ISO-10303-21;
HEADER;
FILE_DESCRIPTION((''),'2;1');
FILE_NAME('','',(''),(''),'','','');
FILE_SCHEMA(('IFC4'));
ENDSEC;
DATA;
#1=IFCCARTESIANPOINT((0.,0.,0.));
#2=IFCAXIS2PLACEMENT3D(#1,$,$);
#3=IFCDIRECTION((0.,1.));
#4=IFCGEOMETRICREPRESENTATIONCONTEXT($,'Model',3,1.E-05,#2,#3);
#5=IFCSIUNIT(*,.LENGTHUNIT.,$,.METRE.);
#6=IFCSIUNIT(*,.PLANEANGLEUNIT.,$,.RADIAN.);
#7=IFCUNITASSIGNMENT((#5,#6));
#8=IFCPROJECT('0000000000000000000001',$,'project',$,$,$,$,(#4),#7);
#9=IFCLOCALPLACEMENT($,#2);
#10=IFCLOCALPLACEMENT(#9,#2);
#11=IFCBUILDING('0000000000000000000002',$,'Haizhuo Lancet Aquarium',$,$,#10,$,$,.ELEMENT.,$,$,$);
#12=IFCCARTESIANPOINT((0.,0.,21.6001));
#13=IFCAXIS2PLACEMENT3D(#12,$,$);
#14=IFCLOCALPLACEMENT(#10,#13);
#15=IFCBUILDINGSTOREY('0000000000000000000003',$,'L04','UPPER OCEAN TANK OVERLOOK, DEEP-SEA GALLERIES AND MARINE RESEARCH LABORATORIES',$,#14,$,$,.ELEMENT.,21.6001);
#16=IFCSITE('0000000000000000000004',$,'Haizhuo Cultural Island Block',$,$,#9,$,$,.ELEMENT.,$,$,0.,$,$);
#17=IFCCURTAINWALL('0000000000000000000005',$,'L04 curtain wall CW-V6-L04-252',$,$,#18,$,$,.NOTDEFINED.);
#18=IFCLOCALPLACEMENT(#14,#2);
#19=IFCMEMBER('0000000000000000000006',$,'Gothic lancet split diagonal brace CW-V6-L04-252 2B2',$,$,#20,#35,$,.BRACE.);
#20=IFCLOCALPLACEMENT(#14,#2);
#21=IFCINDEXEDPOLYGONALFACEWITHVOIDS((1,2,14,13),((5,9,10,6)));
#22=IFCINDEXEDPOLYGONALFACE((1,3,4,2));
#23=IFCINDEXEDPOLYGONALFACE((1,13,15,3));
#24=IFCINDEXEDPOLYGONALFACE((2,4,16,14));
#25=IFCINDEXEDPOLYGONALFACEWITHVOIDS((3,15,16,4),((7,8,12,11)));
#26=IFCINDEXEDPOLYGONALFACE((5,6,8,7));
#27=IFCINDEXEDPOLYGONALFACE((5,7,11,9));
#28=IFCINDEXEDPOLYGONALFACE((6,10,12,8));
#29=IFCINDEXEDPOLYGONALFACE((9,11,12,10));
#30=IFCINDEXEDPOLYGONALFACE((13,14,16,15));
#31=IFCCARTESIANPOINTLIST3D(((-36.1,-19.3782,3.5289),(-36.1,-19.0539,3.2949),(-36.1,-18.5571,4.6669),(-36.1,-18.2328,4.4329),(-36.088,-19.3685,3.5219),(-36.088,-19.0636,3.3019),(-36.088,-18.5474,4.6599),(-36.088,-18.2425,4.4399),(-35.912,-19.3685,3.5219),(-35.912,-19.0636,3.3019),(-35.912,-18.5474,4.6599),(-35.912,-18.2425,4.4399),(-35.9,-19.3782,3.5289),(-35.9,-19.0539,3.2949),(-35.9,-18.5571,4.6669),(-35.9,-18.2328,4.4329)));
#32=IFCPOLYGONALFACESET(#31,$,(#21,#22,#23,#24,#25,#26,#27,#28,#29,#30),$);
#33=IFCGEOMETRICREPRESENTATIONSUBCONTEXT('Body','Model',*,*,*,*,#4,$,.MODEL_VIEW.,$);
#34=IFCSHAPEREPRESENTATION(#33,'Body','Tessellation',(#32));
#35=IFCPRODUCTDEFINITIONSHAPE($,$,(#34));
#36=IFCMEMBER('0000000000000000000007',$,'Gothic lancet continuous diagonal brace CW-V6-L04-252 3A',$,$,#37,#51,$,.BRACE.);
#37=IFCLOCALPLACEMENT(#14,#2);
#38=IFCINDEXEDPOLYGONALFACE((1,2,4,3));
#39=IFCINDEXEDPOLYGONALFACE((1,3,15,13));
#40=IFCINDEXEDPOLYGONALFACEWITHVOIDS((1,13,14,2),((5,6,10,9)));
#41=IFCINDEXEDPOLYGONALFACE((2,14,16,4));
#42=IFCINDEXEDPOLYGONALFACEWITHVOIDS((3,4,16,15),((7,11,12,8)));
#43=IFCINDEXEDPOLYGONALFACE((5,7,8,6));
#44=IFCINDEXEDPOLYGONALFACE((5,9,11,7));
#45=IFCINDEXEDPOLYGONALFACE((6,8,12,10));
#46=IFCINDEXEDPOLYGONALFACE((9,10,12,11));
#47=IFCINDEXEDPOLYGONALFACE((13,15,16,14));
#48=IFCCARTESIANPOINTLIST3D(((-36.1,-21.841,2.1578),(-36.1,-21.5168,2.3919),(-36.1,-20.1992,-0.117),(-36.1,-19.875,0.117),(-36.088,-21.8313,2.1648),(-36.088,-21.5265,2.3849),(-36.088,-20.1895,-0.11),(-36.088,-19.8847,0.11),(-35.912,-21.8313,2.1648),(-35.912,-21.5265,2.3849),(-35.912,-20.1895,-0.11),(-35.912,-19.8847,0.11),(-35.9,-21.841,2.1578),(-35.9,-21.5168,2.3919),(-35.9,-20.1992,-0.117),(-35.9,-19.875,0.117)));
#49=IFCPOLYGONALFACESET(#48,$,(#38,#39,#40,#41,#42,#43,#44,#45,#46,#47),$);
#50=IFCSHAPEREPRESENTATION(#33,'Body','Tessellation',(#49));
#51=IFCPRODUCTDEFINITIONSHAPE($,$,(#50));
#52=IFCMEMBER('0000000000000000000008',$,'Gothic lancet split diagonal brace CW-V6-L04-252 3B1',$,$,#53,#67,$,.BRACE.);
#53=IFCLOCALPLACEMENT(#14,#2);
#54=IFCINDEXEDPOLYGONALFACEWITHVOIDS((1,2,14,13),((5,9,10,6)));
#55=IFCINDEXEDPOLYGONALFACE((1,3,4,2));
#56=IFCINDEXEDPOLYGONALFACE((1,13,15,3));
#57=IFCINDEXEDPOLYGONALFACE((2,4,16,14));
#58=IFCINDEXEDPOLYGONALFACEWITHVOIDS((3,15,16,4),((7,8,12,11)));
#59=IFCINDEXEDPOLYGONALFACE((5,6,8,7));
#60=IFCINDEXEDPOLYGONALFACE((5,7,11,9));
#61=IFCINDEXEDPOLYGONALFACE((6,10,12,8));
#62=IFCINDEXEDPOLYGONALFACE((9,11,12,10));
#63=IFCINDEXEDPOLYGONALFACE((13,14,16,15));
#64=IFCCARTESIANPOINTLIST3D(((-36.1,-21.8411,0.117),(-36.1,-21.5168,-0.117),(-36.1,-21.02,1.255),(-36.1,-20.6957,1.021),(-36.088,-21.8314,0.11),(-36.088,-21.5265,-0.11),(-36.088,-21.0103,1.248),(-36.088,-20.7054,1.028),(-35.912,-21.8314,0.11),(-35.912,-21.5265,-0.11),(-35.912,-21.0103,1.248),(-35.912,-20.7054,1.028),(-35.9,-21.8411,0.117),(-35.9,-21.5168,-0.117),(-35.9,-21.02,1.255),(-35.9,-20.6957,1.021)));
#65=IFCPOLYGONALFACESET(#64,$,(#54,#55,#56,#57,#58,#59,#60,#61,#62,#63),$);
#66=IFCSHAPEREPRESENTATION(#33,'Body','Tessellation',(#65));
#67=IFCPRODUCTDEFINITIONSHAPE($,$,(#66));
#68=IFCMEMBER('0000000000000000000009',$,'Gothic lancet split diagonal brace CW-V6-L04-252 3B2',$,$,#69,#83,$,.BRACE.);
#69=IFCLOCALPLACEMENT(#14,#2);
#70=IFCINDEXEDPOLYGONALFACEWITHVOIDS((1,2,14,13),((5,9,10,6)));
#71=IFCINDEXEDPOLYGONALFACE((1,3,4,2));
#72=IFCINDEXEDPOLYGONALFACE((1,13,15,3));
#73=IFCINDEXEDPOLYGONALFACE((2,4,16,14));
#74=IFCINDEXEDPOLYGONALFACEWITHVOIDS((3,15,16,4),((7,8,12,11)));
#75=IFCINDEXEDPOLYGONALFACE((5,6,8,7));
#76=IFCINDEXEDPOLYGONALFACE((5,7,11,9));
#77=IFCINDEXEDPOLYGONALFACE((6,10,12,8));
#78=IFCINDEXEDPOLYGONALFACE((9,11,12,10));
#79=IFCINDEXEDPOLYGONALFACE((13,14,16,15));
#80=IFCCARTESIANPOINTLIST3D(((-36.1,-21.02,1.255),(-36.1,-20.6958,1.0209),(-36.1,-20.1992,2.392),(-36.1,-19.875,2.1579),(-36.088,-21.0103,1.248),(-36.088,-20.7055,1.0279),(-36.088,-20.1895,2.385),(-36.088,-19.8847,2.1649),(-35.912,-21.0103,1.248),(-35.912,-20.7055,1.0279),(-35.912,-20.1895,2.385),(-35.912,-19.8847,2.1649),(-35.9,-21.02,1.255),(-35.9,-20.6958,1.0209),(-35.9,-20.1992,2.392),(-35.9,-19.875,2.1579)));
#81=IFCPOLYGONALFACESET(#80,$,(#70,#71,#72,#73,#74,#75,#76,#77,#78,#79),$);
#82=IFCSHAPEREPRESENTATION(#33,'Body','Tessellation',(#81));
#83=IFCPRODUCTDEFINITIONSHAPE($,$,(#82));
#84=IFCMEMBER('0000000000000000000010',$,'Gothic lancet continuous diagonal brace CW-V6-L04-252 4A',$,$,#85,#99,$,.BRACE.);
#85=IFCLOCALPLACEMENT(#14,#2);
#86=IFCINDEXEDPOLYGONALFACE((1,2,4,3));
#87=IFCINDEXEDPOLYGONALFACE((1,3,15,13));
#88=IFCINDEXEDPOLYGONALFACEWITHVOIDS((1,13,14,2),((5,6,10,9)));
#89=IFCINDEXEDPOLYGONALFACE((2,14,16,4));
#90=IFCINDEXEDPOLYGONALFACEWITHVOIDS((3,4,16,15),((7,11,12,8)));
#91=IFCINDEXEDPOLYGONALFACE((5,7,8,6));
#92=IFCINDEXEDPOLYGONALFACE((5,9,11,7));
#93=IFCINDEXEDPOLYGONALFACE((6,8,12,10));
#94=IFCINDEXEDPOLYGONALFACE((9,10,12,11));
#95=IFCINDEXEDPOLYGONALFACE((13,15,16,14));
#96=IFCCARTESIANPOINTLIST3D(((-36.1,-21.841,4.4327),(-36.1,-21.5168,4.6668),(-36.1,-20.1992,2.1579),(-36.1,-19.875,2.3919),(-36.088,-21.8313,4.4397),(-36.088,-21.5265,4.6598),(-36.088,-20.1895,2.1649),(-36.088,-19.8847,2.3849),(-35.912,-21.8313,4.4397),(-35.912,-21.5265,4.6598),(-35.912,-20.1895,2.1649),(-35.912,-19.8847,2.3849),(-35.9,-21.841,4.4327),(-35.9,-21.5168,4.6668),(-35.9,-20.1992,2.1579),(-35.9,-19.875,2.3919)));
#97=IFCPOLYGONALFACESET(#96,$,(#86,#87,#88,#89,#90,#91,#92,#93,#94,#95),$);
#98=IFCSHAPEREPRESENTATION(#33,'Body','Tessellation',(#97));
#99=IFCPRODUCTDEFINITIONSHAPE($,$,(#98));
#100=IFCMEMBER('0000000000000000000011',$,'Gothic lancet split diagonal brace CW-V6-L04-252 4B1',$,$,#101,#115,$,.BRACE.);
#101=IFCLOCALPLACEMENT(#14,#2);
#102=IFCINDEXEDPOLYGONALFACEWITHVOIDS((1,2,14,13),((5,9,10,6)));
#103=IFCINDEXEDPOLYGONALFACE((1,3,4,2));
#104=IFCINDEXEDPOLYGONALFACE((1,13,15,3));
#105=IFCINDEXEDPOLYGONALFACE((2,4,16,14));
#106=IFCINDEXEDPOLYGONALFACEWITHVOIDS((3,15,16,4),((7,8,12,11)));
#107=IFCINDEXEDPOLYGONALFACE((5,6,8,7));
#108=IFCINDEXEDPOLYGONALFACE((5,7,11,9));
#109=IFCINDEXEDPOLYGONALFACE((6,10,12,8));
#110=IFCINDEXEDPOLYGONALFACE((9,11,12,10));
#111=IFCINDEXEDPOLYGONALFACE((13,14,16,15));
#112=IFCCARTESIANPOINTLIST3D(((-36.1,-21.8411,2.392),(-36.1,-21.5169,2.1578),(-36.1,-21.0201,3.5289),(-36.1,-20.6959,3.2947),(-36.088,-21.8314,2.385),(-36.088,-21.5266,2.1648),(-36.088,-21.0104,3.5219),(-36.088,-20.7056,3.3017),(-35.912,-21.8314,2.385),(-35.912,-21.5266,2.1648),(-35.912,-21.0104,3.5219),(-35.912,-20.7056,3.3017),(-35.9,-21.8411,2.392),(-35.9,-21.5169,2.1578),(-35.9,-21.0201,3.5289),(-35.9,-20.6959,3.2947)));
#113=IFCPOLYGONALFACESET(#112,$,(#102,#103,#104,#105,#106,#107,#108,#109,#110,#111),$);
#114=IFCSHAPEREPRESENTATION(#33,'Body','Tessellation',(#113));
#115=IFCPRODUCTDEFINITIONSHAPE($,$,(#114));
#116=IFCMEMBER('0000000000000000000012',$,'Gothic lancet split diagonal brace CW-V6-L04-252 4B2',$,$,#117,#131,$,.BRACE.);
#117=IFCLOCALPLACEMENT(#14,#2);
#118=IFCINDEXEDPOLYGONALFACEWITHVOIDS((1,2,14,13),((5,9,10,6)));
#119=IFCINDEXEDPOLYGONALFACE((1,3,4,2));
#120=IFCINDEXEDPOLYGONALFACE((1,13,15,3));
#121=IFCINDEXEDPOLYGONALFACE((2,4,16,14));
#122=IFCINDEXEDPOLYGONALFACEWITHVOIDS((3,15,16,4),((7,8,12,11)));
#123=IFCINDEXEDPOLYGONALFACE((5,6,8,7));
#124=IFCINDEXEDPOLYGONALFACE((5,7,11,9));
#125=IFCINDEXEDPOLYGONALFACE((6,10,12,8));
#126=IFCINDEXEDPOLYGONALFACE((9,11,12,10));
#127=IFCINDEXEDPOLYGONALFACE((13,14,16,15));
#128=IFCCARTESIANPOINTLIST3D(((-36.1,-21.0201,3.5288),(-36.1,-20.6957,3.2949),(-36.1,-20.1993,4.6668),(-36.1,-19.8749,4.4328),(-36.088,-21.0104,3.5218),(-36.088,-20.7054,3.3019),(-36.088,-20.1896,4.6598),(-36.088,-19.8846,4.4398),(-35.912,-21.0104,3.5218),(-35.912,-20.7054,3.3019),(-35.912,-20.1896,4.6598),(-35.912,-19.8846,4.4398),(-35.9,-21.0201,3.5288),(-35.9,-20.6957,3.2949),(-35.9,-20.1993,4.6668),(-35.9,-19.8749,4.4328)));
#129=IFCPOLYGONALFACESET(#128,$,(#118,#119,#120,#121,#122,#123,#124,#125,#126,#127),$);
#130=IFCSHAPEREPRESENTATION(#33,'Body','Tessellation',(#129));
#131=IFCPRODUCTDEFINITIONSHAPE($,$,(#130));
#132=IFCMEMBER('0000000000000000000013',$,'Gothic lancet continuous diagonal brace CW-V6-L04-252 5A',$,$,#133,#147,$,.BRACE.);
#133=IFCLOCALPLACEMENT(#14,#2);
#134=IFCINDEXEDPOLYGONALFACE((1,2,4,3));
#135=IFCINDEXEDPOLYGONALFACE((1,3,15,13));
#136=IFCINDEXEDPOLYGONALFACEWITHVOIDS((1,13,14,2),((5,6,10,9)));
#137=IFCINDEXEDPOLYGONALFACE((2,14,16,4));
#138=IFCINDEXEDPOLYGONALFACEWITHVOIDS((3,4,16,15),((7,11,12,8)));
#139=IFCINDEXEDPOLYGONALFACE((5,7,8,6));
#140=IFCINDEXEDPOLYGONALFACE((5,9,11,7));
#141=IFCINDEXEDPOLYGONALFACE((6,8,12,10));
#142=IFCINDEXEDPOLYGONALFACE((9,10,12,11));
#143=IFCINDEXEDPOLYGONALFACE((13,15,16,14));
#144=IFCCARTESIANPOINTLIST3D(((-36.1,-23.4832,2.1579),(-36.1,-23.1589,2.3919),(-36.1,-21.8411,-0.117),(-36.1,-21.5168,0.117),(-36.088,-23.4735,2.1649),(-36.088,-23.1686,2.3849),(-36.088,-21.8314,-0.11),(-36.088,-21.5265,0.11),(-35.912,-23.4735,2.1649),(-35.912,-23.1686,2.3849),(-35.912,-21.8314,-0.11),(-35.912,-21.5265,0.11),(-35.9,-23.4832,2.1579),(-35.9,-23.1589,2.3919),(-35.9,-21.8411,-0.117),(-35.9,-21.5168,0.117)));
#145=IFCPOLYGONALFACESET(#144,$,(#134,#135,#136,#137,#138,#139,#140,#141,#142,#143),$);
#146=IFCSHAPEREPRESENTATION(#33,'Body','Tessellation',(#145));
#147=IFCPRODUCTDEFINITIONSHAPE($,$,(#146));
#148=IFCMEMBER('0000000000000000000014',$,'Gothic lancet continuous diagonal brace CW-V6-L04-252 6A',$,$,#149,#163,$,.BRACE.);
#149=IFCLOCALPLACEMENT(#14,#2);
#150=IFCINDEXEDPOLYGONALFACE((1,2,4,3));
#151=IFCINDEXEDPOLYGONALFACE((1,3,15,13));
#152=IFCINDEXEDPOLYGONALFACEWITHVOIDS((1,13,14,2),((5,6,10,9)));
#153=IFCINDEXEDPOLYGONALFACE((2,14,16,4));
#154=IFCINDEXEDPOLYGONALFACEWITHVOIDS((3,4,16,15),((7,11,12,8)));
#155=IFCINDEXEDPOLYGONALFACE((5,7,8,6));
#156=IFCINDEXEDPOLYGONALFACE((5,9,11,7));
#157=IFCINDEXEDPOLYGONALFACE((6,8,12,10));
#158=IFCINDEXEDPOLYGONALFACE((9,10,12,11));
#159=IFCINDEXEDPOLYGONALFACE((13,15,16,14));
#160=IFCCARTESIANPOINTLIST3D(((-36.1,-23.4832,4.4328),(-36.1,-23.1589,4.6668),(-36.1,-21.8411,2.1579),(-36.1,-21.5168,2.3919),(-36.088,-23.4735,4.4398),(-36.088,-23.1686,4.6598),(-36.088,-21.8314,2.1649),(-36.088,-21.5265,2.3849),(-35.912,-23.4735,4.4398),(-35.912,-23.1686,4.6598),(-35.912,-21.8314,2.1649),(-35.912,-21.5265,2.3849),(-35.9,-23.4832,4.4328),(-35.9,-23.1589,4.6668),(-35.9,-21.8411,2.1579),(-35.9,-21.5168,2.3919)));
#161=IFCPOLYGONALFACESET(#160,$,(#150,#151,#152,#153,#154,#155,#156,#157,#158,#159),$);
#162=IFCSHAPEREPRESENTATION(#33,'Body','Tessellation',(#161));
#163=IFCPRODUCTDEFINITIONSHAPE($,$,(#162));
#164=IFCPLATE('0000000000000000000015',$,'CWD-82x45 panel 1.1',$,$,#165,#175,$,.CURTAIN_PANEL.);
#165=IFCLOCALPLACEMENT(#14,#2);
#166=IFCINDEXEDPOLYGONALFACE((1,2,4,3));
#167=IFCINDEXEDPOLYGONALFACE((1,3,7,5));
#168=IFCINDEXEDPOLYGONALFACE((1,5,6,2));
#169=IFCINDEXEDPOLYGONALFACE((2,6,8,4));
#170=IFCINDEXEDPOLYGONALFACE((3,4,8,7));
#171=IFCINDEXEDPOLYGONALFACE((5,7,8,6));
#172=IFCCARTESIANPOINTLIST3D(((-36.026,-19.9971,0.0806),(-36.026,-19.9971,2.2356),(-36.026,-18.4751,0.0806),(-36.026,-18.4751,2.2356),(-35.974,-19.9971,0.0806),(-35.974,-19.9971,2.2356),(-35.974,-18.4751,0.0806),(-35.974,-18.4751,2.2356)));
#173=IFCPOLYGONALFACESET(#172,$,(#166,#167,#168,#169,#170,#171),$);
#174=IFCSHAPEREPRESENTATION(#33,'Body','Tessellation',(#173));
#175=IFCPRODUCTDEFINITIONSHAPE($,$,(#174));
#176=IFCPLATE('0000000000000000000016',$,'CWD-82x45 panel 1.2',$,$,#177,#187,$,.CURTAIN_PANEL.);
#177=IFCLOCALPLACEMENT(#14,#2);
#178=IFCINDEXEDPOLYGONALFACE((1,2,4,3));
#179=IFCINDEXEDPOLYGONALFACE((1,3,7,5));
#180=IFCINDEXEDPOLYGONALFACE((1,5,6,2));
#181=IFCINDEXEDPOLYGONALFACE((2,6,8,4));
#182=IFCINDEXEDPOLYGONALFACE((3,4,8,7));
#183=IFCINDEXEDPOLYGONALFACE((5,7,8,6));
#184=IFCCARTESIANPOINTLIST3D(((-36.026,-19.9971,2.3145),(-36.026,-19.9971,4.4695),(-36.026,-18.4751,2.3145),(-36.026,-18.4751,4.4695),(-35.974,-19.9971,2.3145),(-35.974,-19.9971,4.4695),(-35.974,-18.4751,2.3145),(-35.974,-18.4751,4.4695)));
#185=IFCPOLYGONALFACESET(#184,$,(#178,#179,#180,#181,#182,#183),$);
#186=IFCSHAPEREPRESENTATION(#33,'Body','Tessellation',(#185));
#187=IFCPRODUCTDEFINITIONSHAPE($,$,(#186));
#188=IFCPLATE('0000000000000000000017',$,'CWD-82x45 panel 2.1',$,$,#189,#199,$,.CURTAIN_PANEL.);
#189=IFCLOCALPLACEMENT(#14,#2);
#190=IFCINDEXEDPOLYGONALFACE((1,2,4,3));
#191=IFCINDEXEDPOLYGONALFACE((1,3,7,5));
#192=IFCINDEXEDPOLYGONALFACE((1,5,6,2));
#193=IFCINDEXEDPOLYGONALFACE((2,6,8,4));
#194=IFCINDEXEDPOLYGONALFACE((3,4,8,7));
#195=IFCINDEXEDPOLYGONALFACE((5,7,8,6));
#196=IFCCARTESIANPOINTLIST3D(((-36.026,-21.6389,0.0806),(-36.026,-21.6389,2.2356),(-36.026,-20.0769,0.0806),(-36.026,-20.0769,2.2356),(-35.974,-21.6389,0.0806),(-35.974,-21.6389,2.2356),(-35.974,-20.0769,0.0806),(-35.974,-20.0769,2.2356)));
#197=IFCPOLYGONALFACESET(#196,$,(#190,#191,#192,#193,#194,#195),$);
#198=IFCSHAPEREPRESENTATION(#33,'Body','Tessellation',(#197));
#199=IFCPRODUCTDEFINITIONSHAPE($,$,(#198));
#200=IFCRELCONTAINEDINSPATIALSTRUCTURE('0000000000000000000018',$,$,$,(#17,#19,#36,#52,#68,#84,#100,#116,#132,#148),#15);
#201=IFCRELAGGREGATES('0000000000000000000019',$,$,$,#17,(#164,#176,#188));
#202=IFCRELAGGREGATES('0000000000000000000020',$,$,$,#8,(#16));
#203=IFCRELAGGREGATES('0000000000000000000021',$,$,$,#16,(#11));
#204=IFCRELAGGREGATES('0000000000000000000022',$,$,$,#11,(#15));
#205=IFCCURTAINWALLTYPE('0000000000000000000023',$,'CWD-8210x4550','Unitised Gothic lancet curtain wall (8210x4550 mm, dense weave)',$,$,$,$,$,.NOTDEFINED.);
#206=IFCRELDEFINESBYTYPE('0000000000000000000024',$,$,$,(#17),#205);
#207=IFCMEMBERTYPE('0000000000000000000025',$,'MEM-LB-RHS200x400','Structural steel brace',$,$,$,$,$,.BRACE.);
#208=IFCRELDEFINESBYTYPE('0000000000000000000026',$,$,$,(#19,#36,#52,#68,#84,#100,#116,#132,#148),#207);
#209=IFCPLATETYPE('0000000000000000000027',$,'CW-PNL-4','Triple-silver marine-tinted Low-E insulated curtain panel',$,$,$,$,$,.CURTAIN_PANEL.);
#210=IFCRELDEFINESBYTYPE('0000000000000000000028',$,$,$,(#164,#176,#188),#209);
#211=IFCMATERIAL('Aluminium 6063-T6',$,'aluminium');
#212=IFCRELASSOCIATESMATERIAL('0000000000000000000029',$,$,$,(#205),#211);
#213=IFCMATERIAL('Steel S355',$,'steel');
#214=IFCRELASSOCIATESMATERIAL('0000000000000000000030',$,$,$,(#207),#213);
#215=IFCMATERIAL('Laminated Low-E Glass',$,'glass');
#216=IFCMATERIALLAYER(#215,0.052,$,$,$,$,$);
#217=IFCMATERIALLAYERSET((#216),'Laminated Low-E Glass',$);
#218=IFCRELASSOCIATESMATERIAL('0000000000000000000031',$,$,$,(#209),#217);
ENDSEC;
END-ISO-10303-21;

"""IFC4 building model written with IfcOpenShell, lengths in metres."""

from ifc_helpers import new_model, si_unit, direction, frame, origin, origin_2d, place, context, subcontext, project, spatial, rectangle, hollow_rectangle, extrude, material, layer, layer_set, material_profile, profile_set, type_object, element, aggregate, save


model = new_model("IFC4")

# Units and contexts
model_context = context("Model", 3, precision=1e-05, world=origin(), true_north=direction((0.0, 1.0)))
body_context = subcontext(model_context, "Body", "Model", "MODEL_VIEW")
ifc_project = project(units=[si_unit("LENGTHUNIT", "METRE"), si_unit("PLANEANGLEUNIT", "RADIAN")], contexts=[model_context])

# Site, building, storey
site_placement = place(None, origin())
site = spatial("IfcSite", under=ifc_project, at=site_placement, Name="Haizhuo Cultural Island Block", CompositionType="ELEMENT", RefElevation=0.0)
building_placement = place(site_placement, origin())
building = spatial("IfcBuilding", under=site, at=building_placement, Name="Haizhuo Lancet Aquarium", CompositionType="ELEMENT")
storey_placement = place(building_placement, frame((0.0, 0.0, 21.6001)))
storey = spatial("IfcBuildingStorey", under=building, at=storey_placement, Name="L04", Description="UPPER OCEAN TANK OVERLOOK, DEEP-SEA GALLERIES AND MARINE RESEARCH LABORATORIES", CompositionType="ELEMENT", Elevation=21.6001)

# Curtain wall
ifc_material_1 = material(Name="Aluminium 6063-T6", Category="aluminium")
curtain_wall_type = type_object("IfcCurtainWallType", Name="CWD-8210x4550", Description="Unitised Gothic lancet curtain wall (8210x4550 mm, dense weave)", PredefinedType="NOTDEFINED", material=ifc_material_1)
curtain_wall_placement = place(storey_placement, origin())
curtain_wall = element("IfcCurtainWall", 1, at=curtain_wall_placement, inside=storey, type_object=curtain_wall_type, Name="L04 curtain wall CW-V6-L04-252", PredefinedType="NOTDEFINED")

# Members
ifc_material_2 = material(Name="Steel S355", Category="steel")
ifc_material_profile_1 = material_profile(ifc_material_2, hollow_rectangle(XDim=0.2, YDim=0.3999, WallThickness=0.012, at=origin_2d()), Name="RHS 200x400x12")
ifc_profile_set_1 = profile_set([ifc_material_profile_1], Name="Steel S355")
member_type_1 = type_object("IfcMemberType", Name="MEM-LB-RHS200x400", Description="Structural steel brace", PredefinedType="BRACE", material=ifc_profile_set_1)
member_1_placement = place(storey_placement, frame((-36.0, -19.2161, 3.4119), z_axis=(0.0, 0.585116, 0.81095), x_axis=(-1.0, 0.0, 0.0)))
element("IfcMember", 2, at=member_1_placement, inside=storey, type_object=member_type_1, Name="Gothic lancet split diagonal brace CW-V6-L04-252 2B2", PredefinedType="BRACE", context=body_context, shape_type="SweptSolid", body=[
    extrude(hollow_rectangle(XDim=0.2, YDim=0.3999, WallThickness=0.012, at=origin_2d()), origin(), (0.0, 0.0, 1.0), 1.4033),
])
member_2_placement = place(storey_placement, frame((-36.0, -20.0371, 0.0), z_axis=(0.0, -0.585224, 0.810872), x_axis=(1.0, 0.0, 0.0)))
element("IfcMember", 3, at=member_2_placement, inside=storey, type_object=member_type_1, Name="Gothic lancet continuous diagonal brace CW-V6-L04-252 3A", PredefinedType="BRACE", context=body_context, shape_type="SweptSolid", body=[
    extrude(hollow_rectangle(XDim=0.2, YDim=0.3999, WallThickness=0.012, at=origin_2d()), origin(), (0.0, 0.0, 1.0), 2.8054),
])
member_3_placement = place(storey_placement, frame((-36.0, -21.679, 0.0), z_axis=(0.0, 0.585116, 0.81095), x_axis=(-1.0, 0.0, 0.0)))
element("IfcMember", 4, at=member_3_placement, inside=storey, type_object=member_type_1, Name="Gothic lancet split diagonal brace CW-V6-L04-252 3B1", PredefinedType="BRACE", context=body_context, shape_type="SweptSolid", body=[
    extrude(hollow_rectangle(XDim=0.2, YDim=0.3999, WallThickness=0.012, at=origin_2d()), origin(), (0.0, 0.0, 1.0), 1.4033),
])
member_4_placement = place(storey_placement, frame((-36.0, -20.8579, 1.1379), z_axis=(0.0, 0.585332, 0.810794), x_axis=(-1.0, 0.0, 0.0)))
element("IfcMember", 5, at=member_4_placement, inside=storey, type_object=member_type_1, Name="Gothic lancet split diagonal brace CW-V6-L04-252 3B2", PredefinedType="BRACE", context=body_context, shape_type="SweptSolid", body=[
    extrude(hollow_rectangle(XDim=0.2, YDim=0.3999, WallThickness=0.012, at=origin_2d()), origin(), (0.0, 0.0, 1.0), 1.4023),
])
member_5_placement = place(storey_placement, frame((-36.0, -20.0371, 2.2749), z_axis=(0.0, -0.585224, 0.810872), x_axis=(1.0, 0.0, 0.0)))
element("IfcMember", 6, at=member_5_placement, inside=storey, type_object=member_type_1, Name="Gothic lancet continuous diagonal brace CW-V6-L04-252 4A", PredefinedType="BRACE", context=body_context, shape_type="SweptSolid", body=[
    extrude(hollow_rectangle(XDim=0.2, YDim=0.3999, WallThickness=0.012, at=origin_2d()), origin(), (0.0, 0.0, 1.0), 2.8054),
])
member_6_placement = place(storey_placement, frame((-36.0, -21.679, 2.2749), z_axis=(0.0, 0.585446, 0.810711), x_axis=(-1.0, 0.0, 0.0)))
element("IfcMember", 7, at=member_6_placement, inside=storey, type_object=member_type_1, Name="Gothic lancet split diagonal brace CW-V6-L04-252 4B1", PredefinedType="BRACE", context=body_context, shape_type="SweptSolid", body=[
    extrude(hollow_rectangle(XDim=0.2, YDim=0.3999, WallThickness=0.012, at=origin_2d()), origin(), (0.0, 0.0, 1.0), 1.4023),
])
member_7_placement = place(storey_placement, frame((-36.0, -20.8579, 3.4119), z_axis=(0.0, 0.585001, 0.811032), x_axis=(-1.0, 0.0, 0.0)))
element("IfcMember", 8, at=member_7_placement, inside=storey, type_object=member_type_1, Name="Gothic lancet split diagonal brace CW-V6-L04-252 4B2", PredefinedType="BRACE", context=body_context, shape_type="SweptSolid", body=[
    extrude(hollow_rectangle(XDim=0.2, YDim=0.3999, WallThickness=0.012, at=origin_2d()), origin(), (0.0, 0.0, 1.0), 1.4031),
])
for number, where, z_axis, x_axis, name in (
    (9, (-36.0, -21.679, 0.0), (0.0, -0.585281, 0.810831), (1.0, 0.0, 0.0), "Gothic lancet continuous diagonal brace CW-V6-L04-252 5A"),
    (10, (-36.0, -21.679, 2.2749), (0.0, -0.585281, 0.810831), (1.0, 0.0, 0.0), "Gothic lancet continuous diagonal brace CW-V6-L04-252 6A"),
):
    element("IfcMember", number, at=place(storey_placement, frame(where, z_axis=z_axis, x_axis=x_axis)), inside=storey, type_object=member_type_1, Name=name, PredefinedType="BRACE", context=body_context, shape_type="SweptSolid", body=[
        extrude(hollow_rectangle(XDim=0.2, YDim=0.3999, WallThickness=0.012, at=origin_2d()), origin(), (0.0, 0.0, 1.0), 2.8057),
    ])

# Plates
ifc_material_3 = material(Name="Laminated Low-E Glass", Category="glass")
ifc_layer = layer(ifc_material_3, 0.052)
ifc_layer_set = layer_set([ifc_layer], Name="Laminated Low-E Glass")
plate_type = type_object("IfcPlateType", Name="CW-PNL-4", Description="Triple-silver marine-tinted Low-E insulated curtain panel", PredefinedType="CURTAIN_PANEL", material=ifc_layer_set)
plate_1_placement = place(storey_placement, frame((-36.0, -19.2361, 0.0806), z_axis=(0.0, 0.0, 1.0), x_axis=(0.0, -1.0, 0.0)))
plate_1 = element("IfcPlate", 11, at=plate_1_placement, type_object=plate_type, Name="CWD-82x45 panel 1.1", PredefinedType="CURTAIN_PANEL", context=body_context, shape_type="SweptSolid", body=[
    extrude(rectangle(XDim=1.522, YDim=0.052, at=origin_2d()), origin(), (0.0, 0.0, 1.0), 2.155),
])
plate_2_placement = place(storey_placement, frame((-36.0, -19.2361, 2.3145), z_axis=(0.0, 0.0, 1.0), x_axis=(0.0, -1.0, 0.0)))
plate_2 = element("IfcPlate", 12, at=plate_2_placement, type_object=plate_type, Name="CWD-82x45 panel 1.2", PredefinedType="CURTAIN_PANEL", context=body_context, shape_type="SweptSolid", body=[
    extrude(rectangle(XDim=1.522, YDim=0.052, at=origin_2d()), origin(), (0.0, 0.0, 1.0), 2.155),
])
plate_3_placement = place(storey_placement, frame((-36.0, -20.8579, 0.0806), z_axis=(0.0, 0.0, 1.0), x_axis=(0.0, -1.0, 0.0)))
plate_3 = element("IfcPlate", 13, at=plate_3_placement, type_object=plate_type, Name="CWD-82x45 panel 2.1", PredefinedType="CURTAIN_PANEL", context=body_context, shape_type="SweptSolid", body=[
    extrude(rectangle(XDim=1.562, YDim=0.052, at=origin_2d()), origin(), (0.0, 0.0, 1.0), 2.155),
])
aggregate(curtain_wall, [plate_1, plate_2, plate_3])

save(model, "model.ifc")
